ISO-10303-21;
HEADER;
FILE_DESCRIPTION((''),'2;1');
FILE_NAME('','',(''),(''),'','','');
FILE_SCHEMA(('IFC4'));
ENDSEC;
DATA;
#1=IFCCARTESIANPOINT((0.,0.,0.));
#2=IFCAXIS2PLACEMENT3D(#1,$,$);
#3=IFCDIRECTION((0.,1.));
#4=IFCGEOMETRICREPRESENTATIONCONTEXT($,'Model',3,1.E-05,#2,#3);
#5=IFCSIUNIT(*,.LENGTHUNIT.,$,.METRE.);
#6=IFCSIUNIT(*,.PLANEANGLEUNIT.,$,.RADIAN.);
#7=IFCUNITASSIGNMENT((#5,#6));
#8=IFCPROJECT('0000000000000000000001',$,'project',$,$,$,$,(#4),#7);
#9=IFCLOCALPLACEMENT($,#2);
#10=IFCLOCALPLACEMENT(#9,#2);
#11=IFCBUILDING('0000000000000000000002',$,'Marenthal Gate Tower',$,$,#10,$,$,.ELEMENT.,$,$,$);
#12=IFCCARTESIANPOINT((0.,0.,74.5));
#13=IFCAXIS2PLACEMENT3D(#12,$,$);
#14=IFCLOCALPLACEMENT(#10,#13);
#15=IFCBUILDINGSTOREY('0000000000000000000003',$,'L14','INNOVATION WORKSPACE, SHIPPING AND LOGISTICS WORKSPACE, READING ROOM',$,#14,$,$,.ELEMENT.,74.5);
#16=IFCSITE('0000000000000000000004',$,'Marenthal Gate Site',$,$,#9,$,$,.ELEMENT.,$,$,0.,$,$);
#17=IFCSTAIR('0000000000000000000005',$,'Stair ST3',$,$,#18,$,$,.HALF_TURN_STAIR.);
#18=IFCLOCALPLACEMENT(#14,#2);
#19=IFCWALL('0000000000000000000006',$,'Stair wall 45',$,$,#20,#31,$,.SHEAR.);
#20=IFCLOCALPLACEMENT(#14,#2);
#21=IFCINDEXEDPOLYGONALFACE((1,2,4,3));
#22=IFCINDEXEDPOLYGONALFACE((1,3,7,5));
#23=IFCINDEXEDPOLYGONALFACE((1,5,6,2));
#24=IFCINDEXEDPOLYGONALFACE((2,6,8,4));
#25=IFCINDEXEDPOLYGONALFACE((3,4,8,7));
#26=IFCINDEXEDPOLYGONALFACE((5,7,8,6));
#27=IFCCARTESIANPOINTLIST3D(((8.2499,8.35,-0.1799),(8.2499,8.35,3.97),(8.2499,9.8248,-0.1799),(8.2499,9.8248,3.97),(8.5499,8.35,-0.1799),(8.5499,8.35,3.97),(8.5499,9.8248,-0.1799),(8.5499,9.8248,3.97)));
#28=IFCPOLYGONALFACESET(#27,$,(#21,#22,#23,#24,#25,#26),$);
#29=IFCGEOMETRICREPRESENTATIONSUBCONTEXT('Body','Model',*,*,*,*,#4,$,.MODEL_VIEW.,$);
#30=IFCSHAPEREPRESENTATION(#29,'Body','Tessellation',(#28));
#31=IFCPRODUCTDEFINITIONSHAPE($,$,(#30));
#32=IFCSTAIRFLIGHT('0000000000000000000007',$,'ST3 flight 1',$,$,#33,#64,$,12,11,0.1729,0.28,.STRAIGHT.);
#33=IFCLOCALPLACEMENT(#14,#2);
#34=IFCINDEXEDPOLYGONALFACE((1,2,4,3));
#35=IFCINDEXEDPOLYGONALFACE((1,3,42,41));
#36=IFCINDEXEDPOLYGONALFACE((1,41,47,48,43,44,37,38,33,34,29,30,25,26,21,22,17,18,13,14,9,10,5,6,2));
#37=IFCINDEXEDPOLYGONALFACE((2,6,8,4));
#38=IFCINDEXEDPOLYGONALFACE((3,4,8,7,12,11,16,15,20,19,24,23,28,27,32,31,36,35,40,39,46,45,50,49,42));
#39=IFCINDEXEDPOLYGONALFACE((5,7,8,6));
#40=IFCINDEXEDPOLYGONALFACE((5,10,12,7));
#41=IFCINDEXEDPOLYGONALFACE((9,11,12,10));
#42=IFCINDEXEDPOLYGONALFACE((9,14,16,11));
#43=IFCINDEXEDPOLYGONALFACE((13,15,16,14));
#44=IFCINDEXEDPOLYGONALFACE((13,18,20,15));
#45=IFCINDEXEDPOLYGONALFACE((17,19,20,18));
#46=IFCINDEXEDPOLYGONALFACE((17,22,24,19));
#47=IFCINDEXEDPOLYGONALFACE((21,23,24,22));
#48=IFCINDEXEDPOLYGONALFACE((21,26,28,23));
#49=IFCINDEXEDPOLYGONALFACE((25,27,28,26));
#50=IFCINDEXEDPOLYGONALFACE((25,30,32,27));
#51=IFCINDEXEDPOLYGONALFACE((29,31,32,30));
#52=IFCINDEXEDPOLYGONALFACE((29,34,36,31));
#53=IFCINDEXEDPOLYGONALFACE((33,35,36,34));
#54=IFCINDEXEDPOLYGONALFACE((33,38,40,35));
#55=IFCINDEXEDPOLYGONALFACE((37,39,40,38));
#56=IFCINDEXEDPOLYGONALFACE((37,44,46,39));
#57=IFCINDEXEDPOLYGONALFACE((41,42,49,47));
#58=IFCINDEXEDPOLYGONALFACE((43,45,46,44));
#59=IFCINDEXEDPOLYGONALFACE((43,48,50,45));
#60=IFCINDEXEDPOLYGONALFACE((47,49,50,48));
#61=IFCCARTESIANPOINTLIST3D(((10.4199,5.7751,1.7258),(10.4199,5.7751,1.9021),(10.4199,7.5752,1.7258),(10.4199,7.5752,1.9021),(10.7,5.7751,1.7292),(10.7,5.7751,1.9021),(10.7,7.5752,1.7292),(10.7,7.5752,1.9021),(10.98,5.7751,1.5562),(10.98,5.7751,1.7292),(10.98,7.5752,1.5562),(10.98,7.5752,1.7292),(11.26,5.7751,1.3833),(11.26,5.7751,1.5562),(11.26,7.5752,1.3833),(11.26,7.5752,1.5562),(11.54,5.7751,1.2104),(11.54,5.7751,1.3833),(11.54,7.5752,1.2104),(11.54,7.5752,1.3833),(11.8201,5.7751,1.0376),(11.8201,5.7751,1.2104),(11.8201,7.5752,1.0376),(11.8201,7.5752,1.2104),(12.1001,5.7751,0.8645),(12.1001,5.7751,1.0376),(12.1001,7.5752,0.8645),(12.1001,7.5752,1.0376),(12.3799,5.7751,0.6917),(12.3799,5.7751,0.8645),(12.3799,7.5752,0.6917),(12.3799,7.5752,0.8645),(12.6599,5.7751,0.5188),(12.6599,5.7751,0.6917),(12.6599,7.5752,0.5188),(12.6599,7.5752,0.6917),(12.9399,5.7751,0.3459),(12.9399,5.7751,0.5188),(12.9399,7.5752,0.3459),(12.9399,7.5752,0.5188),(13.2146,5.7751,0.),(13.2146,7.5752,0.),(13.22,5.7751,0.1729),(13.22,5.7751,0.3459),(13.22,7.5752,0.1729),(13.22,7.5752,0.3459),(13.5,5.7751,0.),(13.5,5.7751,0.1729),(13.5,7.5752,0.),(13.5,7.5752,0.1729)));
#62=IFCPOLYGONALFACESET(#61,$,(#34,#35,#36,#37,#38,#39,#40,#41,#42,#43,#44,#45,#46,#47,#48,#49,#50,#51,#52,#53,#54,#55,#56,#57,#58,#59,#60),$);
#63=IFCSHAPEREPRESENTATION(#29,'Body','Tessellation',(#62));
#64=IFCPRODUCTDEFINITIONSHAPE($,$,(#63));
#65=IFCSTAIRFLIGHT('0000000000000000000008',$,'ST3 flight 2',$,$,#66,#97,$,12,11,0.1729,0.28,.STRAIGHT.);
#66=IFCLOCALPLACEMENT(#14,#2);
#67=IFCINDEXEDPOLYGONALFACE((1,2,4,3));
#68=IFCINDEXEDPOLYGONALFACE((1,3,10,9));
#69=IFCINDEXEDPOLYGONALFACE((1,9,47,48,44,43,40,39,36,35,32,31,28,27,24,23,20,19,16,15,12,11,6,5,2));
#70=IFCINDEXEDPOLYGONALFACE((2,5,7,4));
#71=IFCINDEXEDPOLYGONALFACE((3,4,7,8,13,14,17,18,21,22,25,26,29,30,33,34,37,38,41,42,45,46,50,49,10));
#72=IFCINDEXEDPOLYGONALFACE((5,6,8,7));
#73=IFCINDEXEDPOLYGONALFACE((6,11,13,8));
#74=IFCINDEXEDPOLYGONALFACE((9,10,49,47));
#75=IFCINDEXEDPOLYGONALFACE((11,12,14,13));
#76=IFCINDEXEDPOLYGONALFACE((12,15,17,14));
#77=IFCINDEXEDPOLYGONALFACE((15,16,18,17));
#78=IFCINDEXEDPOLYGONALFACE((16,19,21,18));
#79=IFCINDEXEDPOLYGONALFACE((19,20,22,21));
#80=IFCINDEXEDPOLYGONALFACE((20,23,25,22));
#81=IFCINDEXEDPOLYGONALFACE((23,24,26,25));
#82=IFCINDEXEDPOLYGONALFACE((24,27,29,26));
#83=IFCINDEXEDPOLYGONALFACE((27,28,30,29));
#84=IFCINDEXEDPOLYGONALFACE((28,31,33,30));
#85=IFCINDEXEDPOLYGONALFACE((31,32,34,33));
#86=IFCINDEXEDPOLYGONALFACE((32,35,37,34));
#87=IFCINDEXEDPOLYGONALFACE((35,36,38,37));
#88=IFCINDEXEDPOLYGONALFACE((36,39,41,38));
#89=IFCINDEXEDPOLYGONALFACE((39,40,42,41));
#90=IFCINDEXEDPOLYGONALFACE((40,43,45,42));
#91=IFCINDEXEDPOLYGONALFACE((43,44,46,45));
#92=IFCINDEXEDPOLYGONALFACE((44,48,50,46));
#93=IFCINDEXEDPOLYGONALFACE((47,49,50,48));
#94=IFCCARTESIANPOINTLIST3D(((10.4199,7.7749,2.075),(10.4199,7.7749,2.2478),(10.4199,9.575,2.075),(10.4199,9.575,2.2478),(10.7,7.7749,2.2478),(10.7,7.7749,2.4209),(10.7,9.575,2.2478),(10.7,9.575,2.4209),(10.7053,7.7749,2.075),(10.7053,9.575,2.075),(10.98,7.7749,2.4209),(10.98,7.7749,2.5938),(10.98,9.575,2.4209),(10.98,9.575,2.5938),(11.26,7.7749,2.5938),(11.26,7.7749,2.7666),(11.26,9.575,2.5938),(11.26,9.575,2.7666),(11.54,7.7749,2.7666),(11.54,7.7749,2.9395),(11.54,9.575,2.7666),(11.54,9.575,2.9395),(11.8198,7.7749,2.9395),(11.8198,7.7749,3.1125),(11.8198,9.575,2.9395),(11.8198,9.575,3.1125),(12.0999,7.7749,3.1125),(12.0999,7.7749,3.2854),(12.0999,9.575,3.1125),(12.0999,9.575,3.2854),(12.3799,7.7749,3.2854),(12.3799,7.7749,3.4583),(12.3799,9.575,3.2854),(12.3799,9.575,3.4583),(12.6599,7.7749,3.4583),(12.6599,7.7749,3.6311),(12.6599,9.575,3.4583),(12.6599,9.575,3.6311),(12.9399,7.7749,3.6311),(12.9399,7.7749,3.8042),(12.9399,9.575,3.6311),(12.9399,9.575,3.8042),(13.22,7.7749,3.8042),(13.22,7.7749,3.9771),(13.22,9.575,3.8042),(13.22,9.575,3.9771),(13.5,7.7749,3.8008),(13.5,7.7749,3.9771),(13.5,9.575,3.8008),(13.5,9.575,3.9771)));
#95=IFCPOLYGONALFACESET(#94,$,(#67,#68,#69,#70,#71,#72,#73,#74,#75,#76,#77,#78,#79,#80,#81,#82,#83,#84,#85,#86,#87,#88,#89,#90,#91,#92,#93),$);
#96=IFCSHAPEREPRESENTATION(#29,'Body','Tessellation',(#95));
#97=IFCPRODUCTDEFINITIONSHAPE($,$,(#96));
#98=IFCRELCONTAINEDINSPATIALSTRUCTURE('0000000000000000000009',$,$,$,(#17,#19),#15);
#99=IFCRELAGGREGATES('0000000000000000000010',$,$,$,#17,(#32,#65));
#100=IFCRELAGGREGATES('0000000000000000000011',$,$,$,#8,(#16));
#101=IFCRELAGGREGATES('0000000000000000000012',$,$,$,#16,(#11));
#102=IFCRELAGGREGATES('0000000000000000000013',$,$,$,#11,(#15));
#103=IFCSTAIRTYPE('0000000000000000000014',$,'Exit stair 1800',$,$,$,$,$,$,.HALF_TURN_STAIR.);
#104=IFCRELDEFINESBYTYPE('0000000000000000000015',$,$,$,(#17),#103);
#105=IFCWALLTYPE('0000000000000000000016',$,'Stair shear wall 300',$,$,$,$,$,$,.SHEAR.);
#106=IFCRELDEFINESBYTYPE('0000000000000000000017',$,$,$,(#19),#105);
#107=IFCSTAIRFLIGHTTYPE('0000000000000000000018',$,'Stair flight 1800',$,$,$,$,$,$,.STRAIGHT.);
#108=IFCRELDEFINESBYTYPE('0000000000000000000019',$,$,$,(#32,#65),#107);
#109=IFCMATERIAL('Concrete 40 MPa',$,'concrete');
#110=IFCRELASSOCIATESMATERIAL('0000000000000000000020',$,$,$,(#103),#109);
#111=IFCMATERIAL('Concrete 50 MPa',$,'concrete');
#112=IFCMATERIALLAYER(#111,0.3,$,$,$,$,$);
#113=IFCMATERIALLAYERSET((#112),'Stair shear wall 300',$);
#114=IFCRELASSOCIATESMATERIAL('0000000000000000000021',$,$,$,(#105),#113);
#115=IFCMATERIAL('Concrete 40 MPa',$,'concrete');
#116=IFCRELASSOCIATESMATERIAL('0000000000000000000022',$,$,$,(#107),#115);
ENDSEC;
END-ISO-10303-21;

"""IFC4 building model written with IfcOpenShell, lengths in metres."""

from ifc_helpers import new_model, si_unit, direction, frame, frame_2d, origin, place, context, subcontext, project, spatial, polyline, rectangle, outline, extrude, material, layer, layer_set, type_object, element, aggregate, save


model = new_model("IFC4")

# Units and contexts
model_context = context("Model", 3, precision=1e-05, world=origin(), true_north=direction((0.0, 1.0)))
body_context = subcontext(model_context, "Body", "Model", "MODEL_VIEW")
ifc_project = project(units=[si_unit("LENGTHUNIT", "METRE"), si_unit("PLANEANGLEUNIT", "RADIAN")], contexts=[model_context])

# Site, building, storey
site_placement = place(None, origin())
site = spatial("IfcSite", under=ifc_project, at=site_placement, Name="Marenthal Gate Site", CompositionType="ELEMENT", RefElevation=0.0)
building_placement = place(site_placement, origin())
building = spatial("IfcBuilding", under=site, at=building_placement, Name="Marenthal Gate Tower", CompositionType="ELEMENT")
storey_placement = place(building_placement, frame((0.0, 0.0, 74.5)))
storey = spatial("IfcBuildingStorey", under=building, at=storey_placement, Name="L14", Description="INNOVATION WORKSPACE, SHIPPING AND LOGISTICS WORKSPACE, READING ROOM", CompositionType="ELEMENT", Elevation=74.5)

# Stair
ifc_material_1 = material(Name="Concrete 40 MPa", Category="concrete")
stair_type = type_object("IfcStairType", Name="Exit stair 1800", PredefinedType="HALF_TURN_STAIR", material=ifc_material_1)
stair_1_placement = place(storey_placement, origin())
stair_1 = element("IfcStair", 1, at=stair_1_placement, inside=storey, type_object=stair_type, Name="Stair ST3", PredefinedType="HALF_TURN_STAIR")

# Wall
ifc_material_2 = material(Name="Concrete 50 MPa", Category="concrete")
ifc_layer_1 = layer(ifc_material_2, 0.3)
ifc_layer_set_1 = layer_set([ifc_layer_1], Name="Stair shear wall 300")
wall_type_1 = type_object("IfcWallType", Name="Stair shear wall 300", PredefinedType="SHEAR", material=ifc_layer_set_1)
wall_1_placement = place(storey_placement, frame((8.3999, 8.3501, -0.1799), z_axis=(0.0, 0.0, 1.0), x_axis=(0.0, 1.0, 0.0)))
element("IfcWall", 2, at=wall_1_placement, inside=storey, type_object=wall_type_1, Name="Stair wall 45", PredefinedType="SHEAR", context=body_context, shape_type="SweptSolid", body=[
    extrude(rectangle(XDim=1.4749, YDim=0.3, at=frame_2d((0.7373, 0.0))), origin(), (0.0, 0.0, 1.0), 4.1499),
])

# Stair flights
ifc_material_3 = material(Name="Concrete 40 MPa", Category="concrete")
stair_flight_type = type_object("IfcStairFlightType", Name="Stair flight 1800", PredefinedType="STRAIGHT", material=ifc_material_3)
stair_flight_1_placement = place(storey_placement, frame((13.5, 6.675, 0.0), z_axis=(0.0, 0.0, 1.0), x_axis=(-1.0, 0.0, 0.0)))
stair_flight_1 = element("IfcStairFlight", 3, at=stair_flight_1_placement, type_object=stair_flight_type, Name="ST3 flight 1", NumberOfRisers=12, NumberOfTreads=11, PredefinedType="STRAIGHT", RiserHeight=0.1729, TreadLength=0.28, context=body_context, shape_type="SweptSolid", body=[
    extrude(outline(polyline([(0.0, 0.0), (0.0, 0.1729), (0.28, 0.1729), (0.28, 0.3459), (0.5601, 0.3459), (0.5601, 0.5188), (0.8401, 0.5188), (0.8401, 0.6917), (1.1201, 0.6917), (1.1201, 0.8645), (1.3999, 0.8645), (1.3999, 1.0376), (1.6799, 1.0376), (1.6799, 1.2104), (1.96, 1.2104), (1.96, 1.3833), (2.24, 1.3833), (2.24, 1.5562), (2.52, 1.5562), (2.52, 1.7292), (2.8, 1.7292), (2.8, 1.9021), (3.0801, 1.9021), (3.0801, 2.075), (3.0801, 1.7258), (0.2854, 0.0), (0.0, 0.0)])), frame((0.0, 0.8999, 0.0), z_axis=(0.0, -1.0, 0.0), x_axis=(1.0, 0.0, 0.0)), (0.0, 0.0, 1.0), 1.8),
])
stair_flight_2_placement = place(storey_placement, frame((10.4199, 8.675, 2.075), z_axis=(0.0, 0.0, 1.0), x_axis=(1.0, 0.0, 0.0)))
stair_flight_2 = element("IfcStairFlight", 4, at=stair_flight_2_placement, type_object=stair_flight_type, Name="ST3 flight 2", NumberOfRisers=12, NumberOfTreads=11, PredefinedType="STRAIGHT", RiserHeight=0.1729, TreadLength=0.28, context=body_context, shape_type="SweptSolid", body=[
    extrude(outline(polyline([(0.0, 0.0), (0.0, 0.1729), (0.28, 0.1729), (0.28, 0.3459), (0.5601, 0.3459), (0.5601, 0.5188), (0.8401, 0.5188), (0.8401, 0.6917), (1.1201, 0.6917), (1.1201, 0.8645), (1.3999, 0.8645), (1.3999, 1.0376), (1.6799, 1.0376), (1.6799, 1.2104), (1.96, 1.2104), (1.96, 1.3833), (2.24, 1.3833), (2.24, 1.5562), (2.52, 1.5562), (2.52, 1.7292), (2.8, 1.7292), (2.8, 1.9021), (3.0801, 1.9021), (3.0801, 2.075), (3.0801, 1.7258), (0.2854, 0.0), (0.0, 0.0)])), frame((0.0, 0.8999, 0.0), z_axis=(0.0, -1.0, 0.0), x_axis=(1.0, 0.0, 0.0)), (0.0, 0.0, 1.0), 1.8),
])
aggregate(stair_1, [stair_flight_1, stair_flight_2])

save(model, "model.ifc")
